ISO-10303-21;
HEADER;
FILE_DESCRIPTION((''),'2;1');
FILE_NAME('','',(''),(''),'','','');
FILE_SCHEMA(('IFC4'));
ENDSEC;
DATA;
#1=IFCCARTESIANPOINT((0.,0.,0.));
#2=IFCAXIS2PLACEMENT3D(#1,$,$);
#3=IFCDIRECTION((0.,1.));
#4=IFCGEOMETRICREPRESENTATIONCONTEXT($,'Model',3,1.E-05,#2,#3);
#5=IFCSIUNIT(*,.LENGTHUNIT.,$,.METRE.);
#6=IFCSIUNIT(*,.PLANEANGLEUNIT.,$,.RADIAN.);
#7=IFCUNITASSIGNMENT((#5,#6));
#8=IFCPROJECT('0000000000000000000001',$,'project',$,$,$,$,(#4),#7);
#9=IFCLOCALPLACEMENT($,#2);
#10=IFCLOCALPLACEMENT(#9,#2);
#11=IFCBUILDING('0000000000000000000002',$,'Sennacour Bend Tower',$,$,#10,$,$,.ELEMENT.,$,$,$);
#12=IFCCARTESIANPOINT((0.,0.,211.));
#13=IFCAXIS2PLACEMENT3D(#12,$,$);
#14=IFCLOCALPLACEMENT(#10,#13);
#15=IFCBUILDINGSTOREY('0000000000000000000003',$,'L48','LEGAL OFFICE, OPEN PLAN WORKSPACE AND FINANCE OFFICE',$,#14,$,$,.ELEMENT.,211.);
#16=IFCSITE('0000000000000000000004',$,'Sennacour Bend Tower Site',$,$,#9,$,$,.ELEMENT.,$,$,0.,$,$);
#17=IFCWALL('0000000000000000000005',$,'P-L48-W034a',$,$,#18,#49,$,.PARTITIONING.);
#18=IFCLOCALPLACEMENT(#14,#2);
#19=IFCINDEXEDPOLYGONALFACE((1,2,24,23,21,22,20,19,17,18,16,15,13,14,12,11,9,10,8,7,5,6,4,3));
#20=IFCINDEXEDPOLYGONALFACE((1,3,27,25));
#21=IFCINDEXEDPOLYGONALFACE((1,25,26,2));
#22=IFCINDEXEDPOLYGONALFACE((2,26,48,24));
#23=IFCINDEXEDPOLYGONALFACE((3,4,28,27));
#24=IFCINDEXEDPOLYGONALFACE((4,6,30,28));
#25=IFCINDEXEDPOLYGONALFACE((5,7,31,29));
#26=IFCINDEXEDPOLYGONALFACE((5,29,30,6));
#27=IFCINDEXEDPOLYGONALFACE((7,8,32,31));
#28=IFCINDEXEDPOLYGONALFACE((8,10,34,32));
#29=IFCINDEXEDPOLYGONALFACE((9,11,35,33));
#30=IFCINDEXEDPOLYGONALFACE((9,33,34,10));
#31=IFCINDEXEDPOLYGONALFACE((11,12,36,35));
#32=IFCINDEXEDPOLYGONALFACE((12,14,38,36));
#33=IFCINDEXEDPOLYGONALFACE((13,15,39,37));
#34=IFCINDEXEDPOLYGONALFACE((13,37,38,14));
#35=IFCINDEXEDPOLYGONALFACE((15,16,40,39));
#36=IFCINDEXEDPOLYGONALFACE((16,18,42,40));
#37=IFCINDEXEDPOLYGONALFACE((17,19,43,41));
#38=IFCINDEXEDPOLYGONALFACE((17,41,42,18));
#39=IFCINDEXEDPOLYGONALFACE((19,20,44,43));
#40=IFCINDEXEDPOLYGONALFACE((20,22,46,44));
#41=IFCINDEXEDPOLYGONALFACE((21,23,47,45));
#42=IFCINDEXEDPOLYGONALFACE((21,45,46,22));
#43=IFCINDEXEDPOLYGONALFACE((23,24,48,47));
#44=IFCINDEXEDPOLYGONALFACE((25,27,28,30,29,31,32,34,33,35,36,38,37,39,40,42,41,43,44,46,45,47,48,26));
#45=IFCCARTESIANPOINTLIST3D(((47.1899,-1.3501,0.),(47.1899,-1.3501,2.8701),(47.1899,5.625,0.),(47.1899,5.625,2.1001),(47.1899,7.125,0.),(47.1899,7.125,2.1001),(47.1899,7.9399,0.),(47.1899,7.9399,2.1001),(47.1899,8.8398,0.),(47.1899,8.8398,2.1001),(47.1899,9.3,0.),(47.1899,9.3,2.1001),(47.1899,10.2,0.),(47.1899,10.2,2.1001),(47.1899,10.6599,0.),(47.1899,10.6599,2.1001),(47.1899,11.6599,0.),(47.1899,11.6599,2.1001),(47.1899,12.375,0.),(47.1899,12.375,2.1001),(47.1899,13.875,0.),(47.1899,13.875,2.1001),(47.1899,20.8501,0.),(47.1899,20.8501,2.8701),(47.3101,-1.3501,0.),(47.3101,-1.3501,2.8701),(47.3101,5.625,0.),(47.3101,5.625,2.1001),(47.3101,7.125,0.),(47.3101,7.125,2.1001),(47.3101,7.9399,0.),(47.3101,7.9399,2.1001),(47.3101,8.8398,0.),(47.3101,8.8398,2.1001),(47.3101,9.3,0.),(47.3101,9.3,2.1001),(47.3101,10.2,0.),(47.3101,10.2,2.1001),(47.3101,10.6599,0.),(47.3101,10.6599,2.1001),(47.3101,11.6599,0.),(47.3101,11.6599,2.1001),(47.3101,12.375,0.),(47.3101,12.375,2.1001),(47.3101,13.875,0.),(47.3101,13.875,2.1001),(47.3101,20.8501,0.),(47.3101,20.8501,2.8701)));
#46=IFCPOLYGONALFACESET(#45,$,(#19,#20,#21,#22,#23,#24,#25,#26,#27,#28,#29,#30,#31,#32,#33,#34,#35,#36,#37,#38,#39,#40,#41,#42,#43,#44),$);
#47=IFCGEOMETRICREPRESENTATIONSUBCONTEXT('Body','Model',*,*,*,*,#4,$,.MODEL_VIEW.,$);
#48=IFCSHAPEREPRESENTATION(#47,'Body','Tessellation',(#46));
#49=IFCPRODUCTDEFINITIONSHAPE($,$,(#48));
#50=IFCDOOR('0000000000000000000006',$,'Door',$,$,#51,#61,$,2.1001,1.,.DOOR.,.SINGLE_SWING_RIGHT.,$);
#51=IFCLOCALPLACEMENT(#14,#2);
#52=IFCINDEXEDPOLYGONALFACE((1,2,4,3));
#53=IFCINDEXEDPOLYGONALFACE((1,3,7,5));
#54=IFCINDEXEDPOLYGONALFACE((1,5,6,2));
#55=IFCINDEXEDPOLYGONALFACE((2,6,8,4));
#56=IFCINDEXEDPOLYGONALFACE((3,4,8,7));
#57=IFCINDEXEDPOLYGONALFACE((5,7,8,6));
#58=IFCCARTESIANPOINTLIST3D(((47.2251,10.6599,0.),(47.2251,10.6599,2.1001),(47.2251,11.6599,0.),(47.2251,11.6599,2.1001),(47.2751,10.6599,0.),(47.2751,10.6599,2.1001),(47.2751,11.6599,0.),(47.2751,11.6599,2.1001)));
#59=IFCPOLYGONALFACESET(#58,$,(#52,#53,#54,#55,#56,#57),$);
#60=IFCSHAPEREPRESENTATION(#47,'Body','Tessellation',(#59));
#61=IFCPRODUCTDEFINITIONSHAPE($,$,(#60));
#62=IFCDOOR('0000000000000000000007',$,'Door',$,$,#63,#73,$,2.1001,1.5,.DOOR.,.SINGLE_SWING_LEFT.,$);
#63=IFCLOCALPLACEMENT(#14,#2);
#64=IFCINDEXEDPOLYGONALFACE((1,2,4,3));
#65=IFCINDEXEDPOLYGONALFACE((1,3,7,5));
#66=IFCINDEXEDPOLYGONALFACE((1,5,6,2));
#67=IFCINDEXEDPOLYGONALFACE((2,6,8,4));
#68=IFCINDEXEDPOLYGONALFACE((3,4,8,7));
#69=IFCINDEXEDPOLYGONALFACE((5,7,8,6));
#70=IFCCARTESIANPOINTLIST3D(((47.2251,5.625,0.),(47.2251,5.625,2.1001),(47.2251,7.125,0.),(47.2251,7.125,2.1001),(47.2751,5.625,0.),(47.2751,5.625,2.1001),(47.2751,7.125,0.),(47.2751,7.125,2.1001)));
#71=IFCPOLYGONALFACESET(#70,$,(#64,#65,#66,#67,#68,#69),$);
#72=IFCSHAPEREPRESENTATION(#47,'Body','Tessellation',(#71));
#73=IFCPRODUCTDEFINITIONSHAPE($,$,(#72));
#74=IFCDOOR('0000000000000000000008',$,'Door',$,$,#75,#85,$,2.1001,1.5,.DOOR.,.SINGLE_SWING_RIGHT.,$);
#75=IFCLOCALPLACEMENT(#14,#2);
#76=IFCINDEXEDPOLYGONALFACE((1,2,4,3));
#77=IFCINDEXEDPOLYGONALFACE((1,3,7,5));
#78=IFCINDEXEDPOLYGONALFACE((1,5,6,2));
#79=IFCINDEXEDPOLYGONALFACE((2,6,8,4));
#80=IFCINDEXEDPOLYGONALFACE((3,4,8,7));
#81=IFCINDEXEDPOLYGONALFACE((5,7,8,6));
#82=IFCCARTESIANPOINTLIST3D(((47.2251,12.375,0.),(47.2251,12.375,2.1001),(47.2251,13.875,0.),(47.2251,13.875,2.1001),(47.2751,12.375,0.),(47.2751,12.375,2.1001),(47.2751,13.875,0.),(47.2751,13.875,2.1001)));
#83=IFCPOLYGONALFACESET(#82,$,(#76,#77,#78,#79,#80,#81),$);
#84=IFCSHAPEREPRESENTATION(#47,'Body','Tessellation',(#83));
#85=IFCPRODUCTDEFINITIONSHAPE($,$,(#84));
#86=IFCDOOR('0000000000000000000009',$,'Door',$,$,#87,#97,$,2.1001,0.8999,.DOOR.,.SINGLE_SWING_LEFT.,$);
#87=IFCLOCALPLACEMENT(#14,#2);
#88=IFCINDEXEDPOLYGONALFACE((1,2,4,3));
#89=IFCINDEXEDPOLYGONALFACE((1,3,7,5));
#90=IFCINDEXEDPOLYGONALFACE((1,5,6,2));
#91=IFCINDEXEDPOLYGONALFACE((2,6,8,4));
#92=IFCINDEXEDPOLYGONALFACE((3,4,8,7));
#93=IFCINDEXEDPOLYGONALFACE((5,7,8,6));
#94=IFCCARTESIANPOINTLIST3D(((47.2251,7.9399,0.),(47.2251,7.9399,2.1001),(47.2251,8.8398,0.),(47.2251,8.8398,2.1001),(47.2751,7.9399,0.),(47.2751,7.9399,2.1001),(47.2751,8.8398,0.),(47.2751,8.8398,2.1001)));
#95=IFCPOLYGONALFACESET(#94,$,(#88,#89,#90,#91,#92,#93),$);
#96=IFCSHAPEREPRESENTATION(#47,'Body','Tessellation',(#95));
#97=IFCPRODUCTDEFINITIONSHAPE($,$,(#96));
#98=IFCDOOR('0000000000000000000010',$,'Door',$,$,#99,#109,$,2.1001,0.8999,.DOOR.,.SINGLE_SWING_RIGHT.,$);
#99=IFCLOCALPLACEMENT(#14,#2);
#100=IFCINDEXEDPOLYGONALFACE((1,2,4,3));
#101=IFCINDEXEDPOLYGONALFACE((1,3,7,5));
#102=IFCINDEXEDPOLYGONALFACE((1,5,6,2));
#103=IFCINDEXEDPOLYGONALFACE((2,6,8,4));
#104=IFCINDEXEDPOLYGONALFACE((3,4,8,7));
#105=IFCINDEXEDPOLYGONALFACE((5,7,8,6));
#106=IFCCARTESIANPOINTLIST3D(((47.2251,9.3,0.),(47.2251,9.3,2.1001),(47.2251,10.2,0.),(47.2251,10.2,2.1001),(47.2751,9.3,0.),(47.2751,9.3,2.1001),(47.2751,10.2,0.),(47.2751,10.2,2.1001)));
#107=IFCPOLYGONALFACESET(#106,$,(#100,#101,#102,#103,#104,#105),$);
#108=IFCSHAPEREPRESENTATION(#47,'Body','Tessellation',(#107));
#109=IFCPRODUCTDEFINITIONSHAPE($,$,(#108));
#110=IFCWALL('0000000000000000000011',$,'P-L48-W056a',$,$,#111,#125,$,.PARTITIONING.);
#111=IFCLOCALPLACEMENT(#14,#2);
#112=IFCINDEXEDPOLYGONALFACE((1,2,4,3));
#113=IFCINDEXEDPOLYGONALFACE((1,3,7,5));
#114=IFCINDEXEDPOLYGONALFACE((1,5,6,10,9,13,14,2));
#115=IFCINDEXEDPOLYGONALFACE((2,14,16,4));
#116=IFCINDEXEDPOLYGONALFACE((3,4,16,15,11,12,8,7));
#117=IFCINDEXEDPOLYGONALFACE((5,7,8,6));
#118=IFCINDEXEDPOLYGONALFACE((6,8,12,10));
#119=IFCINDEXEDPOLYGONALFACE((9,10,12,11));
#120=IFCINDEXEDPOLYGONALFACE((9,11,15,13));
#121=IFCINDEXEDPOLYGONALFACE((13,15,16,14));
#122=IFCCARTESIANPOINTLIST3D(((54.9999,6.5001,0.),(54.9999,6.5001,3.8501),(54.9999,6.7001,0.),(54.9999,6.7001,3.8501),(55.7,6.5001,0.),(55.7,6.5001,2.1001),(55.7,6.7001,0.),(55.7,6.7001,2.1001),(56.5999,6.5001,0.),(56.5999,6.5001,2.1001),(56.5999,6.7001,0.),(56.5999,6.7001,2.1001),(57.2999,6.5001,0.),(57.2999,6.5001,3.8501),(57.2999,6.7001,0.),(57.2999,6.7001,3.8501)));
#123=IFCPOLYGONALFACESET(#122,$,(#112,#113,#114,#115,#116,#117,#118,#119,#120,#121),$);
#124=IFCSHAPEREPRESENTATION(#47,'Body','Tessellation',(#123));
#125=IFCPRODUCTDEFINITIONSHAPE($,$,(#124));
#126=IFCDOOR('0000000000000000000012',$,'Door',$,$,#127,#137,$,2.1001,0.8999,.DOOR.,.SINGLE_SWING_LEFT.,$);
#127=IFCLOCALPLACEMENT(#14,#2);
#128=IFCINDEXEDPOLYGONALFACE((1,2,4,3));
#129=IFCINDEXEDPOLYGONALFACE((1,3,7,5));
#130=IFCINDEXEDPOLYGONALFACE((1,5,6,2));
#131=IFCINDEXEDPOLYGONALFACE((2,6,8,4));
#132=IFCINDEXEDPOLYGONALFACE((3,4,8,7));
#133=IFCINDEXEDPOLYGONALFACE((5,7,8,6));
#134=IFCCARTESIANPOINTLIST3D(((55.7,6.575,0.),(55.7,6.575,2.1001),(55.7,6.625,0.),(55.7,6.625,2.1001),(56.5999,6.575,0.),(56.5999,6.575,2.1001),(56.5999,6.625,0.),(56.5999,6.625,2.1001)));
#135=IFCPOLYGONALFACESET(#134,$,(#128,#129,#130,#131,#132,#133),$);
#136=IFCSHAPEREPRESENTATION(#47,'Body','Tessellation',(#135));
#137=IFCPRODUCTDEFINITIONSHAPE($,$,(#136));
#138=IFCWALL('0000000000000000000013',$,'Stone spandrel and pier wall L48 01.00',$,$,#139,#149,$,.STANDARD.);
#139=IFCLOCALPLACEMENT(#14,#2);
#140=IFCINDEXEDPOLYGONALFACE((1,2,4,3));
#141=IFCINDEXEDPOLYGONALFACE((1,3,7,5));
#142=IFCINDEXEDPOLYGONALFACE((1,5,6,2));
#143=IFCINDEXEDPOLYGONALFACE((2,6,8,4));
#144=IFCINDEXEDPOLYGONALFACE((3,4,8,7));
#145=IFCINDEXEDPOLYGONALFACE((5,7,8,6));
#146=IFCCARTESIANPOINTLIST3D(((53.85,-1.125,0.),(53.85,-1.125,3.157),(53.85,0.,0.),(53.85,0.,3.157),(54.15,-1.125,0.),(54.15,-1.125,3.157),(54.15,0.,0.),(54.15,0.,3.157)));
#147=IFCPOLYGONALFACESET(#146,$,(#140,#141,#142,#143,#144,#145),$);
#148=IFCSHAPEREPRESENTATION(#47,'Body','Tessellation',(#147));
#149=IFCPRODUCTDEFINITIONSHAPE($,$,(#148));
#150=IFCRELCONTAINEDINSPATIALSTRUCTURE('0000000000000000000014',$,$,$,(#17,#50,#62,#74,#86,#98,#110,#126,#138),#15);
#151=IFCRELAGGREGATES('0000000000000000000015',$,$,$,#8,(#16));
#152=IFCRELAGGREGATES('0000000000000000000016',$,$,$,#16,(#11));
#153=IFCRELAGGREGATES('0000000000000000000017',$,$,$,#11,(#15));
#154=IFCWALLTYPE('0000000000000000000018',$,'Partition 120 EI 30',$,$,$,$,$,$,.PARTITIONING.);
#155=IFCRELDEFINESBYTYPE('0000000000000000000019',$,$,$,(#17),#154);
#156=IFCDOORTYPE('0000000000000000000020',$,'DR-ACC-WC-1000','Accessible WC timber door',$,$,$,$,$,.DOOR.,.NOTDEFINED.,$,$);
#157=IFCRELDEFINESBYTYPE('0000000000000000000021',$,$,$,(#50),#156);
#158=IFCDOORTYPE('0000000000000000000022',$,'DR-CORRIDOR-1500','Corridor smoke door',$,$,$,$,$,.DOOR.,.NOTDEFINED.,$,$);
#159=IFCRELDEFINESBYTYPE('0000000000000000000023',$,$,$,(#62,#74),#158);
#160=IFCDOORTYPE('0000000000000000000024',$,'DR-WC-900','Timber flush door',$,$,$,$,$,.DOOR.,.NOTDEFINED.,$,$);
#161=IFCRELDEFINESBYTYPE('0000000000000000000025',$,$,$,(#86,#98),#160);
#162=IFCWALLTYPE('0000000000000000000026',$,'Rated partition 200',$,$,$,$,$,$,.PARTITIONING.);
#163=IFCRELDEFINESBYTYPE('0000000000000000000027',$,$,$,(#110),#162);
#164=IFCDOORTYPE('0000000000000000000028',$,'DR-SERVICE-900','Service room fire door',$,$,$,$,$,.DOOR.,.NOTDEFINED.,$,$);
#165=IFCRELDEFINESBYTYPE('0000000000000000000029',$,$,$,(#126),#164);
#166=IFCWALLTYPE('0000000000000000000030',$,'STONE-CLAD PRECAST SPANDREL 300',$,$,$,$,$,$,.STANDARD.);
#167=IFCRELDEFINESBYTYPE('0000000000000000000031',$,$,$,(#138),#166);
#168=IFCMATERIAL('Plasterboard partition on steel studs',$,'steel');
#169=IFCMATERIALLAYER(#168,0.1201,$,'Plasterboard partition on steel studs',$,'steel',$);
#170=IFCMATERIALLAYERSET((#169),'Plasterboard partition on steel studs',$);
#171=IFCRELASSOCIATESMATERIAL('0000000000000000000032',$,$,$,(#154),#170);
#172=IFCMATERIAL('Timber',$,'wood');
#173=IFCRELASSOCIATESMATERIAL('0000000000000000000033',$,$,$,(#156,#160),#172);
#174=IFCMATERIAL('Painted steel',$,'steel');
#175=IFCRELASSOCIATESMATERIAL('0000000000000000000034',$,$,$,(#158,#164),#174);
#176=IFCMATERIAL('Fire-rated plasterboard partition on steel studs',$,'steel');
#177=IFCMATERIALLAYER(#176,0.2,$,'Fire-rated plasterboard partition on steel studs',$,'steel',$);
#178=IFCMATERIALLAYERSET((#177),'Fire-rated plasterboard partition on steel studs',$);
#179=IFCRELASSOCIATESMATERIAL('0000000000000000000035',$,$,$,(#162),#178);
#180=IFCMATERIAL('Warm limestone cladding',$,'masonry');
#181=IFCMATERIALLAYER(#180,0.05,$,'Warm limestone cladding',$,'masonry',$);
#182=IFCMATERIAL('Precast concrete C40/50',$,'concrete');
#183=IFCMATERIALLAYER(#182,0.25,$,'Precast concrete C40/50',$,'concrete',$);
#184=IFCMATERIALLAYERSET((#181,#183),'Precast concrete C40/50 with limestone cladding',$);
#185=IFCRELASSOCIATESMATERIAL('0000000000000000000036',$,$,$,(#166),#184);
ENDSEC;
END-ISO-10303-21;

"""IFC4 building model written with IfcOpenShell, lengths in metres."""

from ifc_helpers import new_model, si_unit, direction, frame, frame_2d, origin, place, context, subcontext, project, spatial, rectangle, extrude, material, layer, layer_set, type_object, element, fill, save


model = new_model("IFC4")

# Units and contexts
model_context = context("Model", 3, precision=1e-05, world=origin(), true_north=direction((0.0, 1.0)))
body_context = subcontext(model_context, "Body", "Model", "MODEL_VIEW")
ifc_project = project(units=[si_unit("LENGTHUNIT", "METRE"), si_unit("PLANEANGLEUNIT", "RADIAN")], contexts=[model_context])

# Site, building, storey
site_placement = place(None, origin())
site = spatial("IfcSite", under=ifc_project, at=site_placement, Name="Sennacour Bend Tower Site", CompositionType="ELEMENT", RefElevation=0.0)
building_placement = place(site_placement, origin())
building = spatial("IfcBuilding", under=site, at=building_placement, Name="Sennacour Bend Tower", CompositionType="ELEMENT")
storey_placement = place(building_placement, frame((0.0, 0.0, 211.0)))
storey = spatial("IfcBuildingStorey", under=building, at=storey_placement, Name="L48", Description="LEGAL OFFICE, OPEN PLAN WORKSPACE AND FINANCE OFFICE", CompositionType="ELEMENT", Elevation=211.0)

# Shared definitions
ifc_material_1 = material(Name="Painted steel", Category="steel")

# Shared definitions
ifc_material_2 = material(Name="Plasterboard partition on steel studs", Category="steel")

# Wall, openings, doors
ifc_layer_1 = layer(ifc_material_2, 0.1201, Name="Plasterboard partition on steel studs", Category="steel")
ifc_layer_set_1 = layer_set([ifc_layer_1], Name="Plasterboard partition on steel studs")
wall_type_1 = type_object("IfcWallType", Name="Partition 120 EI 30", PredefinedType="PARTITIONING", material=ifc_layer_set_1)
wall_1_placement = place(storey_placement, frame((47.25, -1.3501, 0.0), z_axis=(0.0, 0.0, 1.0), x_axis=(0.0, 1.0, 0.0)))
wall_1 = element("IfcWall", 1, at=wall_1_placement, inside=storey, type_object=wall_type_1, Name="P-L48-W034a", PredefinedType="PARTITIONING", context=body_context, shape_type="SweptSolid", body=[
    extrude(rectangle(XDim=22.2002, YDim=0.1201, at=frame_2d((11.1001, 0.0))), origin(), (0.0, 0.0, 1.0), 2.8701),
])
opening_1_placement = place(wall_1_placement, frame((6.9751, 0.0, 0.0)))
opening_1 = element("IfcOpeningElement", 2, at=opening_1_placement, cuts=wall_1, PredefinedType="OPENING", context=body_context, shape_type="SweptSolid", body=[
    extrude(rectangle(XDim=1.5, YDim=2.1001, at=frame_2d((0.75, 1.05))), frame((0.0, 0.0701, 0.0), z_axis=(0.0, -1.0, 0.0), x_axis=(1.0, 0.0, 0.0)), (0.0, 0.0, 1.0), 0.1401),
])
opening_2_placement = place(wall_1_placement, frame((13.7251, 0.0, 0.0)))
opening_2 = element("IfcOpeningElement", 3, at=opening_2_placement, cuts=wall_1, PredefinedType="OPENING", context=body_context, shape_type="SweptSolid", body=[
    extrude(rectangle(XDim=1.5, YDim=2.1001, at=frame_2d((0.75, 1.05))), frame((0.0, 0.0701, 0.0), z_axis=(0.0, -1.0, 0.0), x_axis=(1.0, 0.0, 0.0)), (0.0, 0.0, 1.0), 0.1401),
])
opening_3_placement = place(wall_1_placement, frame((9.29, 0.0, 0.0)))
opening_3 = element("IfcOpeningElement", 4, at=opening_3_placement, cuts=wall_1, PredefinedType="OPENING", context=body_context, shape_type="SweptSolid", body=[
    extrude(rectangle(XDim=0.8999, YDim=2.1001, at=frame_2d((0.45, 1.05))), frame((0.0, 0.0701, 0.0), z_axis=(0.0, -1.0, 0.0), x_axis=(1.0, 0.0, 0.0)), (0.0, 0.0, 1.0), 0.1401),
])
opening_4_placement = place(wall_1_placement, frame((10.6501, 0.0, 0.0)))
opening_4 = element("IfcOpeningElement", 5, at=opening_4_placement, cuts=wall_1, PredefinedType="OPENING", context=body_context, shape_type="SweptSolid", body=[
    extrude(rectangle(XDim=0.8999, YDim=2.1001, at=frame_2d((0.45, 1.05))), frame((0.0, 0.0701, 0.0), z_axis=(0.0, -1.0, 0.0), x_axis=(1.0, 0.0, 0.0)), (0.0, 0.0, 1.0), 0.1401),
])
opening_5_placement = place(wall_1_placement, frame((12.01, 0.0, 0.0)))
opening_5 = element("IfcOpeningElement", 6, at=opening_5_placement, cuts=wall_1, PredefinedType="OPENING", context=body_context, shape_type="SweptSolid", body=[
    extrude(rectangle(XDim=1.0, YDim=2.1001, at=frame_2d((0.5, 1.05))), frame((0.0, 0.0701, 0.0), z_axis=(0.0, -1.0, 0.0), x_axis=(1.0, 0.0, 0.0)), (0.0, 0.0, 1.0), 0.1401),
])
ifc_material_3 = material(Name="Timber", Category="wood")
door_type_1 = type_object("IfcDoorType", Name="DR-ACC-WC-1000", Description="Accessible WC timber door", OperationType="NOTDEFINED", PredefinedType="DOOR", material=ifc_material_3)
door_1_placement = place(opening_5_placement, origin())
door_1 = element("IfcDoor", 7, at=door_1_placement, inside=storey, type_object=door_type_1, Name="Door", OperationType="SINGLE_SWING_RIGHT", OverallHeight=2.1001, OverallWidth=1.0, PredefinedType="DOOR", context=body_context, shape_type="SweptSolid", body=[
    extrude(rectangle(XDim=1.0, YDim=2.1001, at=frame_2d((0.5, 1.05))), frame((0.0, 0.0249, 0.0), z_axis=(0.0, -1.0, 0.0), x_axis=(1.0, 0.0, 0.0)), (0.0, 0.0, 1.0), 0.05),
])
fill(opening_5, door_1)
door_type_2 = type_object("IfcDoorType", Name="DR-CORRIDOR-1500", Description="Corridor smoke door", OperationType="NOTDEFINED", PredefinedType="DOOR", material=ifc_material_1)
door_2_placement = place(opening_1_placement, origin())
door_2 = element("IfcDoor", 8, at=door_2_placement, inside=storey, type_object=door_type_2, Name="Door", OperationType="SINGLE_SWING_LEFT", OverallHeight=2.1001, OverallWidth=1.5, PredefinedType="DOOR", context=body_context, shape_type="SweptSolid", body=[
    extrude(rectangle(XDim=1.5, YDim=2.1001, at=frame_2d((0.75, 1.05))), frame((0.0, 0.0249, 0.0), z_axis=(0.0, -1.0, 0.0), x_axis=(1.0, 0.0, 0.0)), (0.0, 0.0, 1.0), 0.05),
])
fill(opening_1, door_2)
door_3_placement = place(opening_2_placement, origin())
door_3 = element("IfcDoor", 9, at=door_3_placement, inside=storey, type_object=door_type_2, Name="Door", OperationType="SINGLE_SWING_RIGHT", OverallHeight=2.1001, OverallWidth=1.5, PredefinedType="DOOR", context=body_context, shape_type="SweptSolid", body=[
    extrude(rectangle(XDim=1.5, YDim=2.1001, at=frame_2d((0.75, 1.05))), frame((0.0, 0.0249, 0.0), z_axis=(0.0, -1.0, 0.0), x_axis=(1.0, 0.0, 0.0)), (0.0, 0.0, 1.0), 0.05),
])
fill(opening_2, door_3)
door_type_3 = type_object("IfcDoorType", Name="DR-WC-900", Description="Timber flush door", OperationType="NOTDEFINED", PredefinedType="DOOR", material=ifc_material_3)
door_4_placement = place(opening_3_placement, origin())
door_4 = element("IfcDoor", 10, at=door_4_placement, inside=storey, type_object=door_type_3, Name="Door", OperationType="SINGLE_SWING_LEFT", OverallHeight=2.1001, OverallWidth=0.8999, PredefinedType="DOOR", context=body_context, shape_type="SweptSolid", body=[
    extrude(rectangle(XDim=0.8999, YDim=2.1001, at=frame_2d((0.45, 1.05))), frame((0.0, 0.0249, 0.0), z_axis=(0.0, -1.0, 0.0), x_axis=(1.0, 0.0, 0.0)), (0.0, 0.0, 1.0), 0.05),
])
fill(opening_3, door_4)
door_5_placement = place(opening_4_placement, origin())
door_5 = element("IfcDoor", 11, at=door_5_placement, inside=storey, type_object=door_type_3, Name="Door", OperationType="SINGLE_SWING_RIGHT", OverallHeight=2.1001, OverallWidth=0.8999, PredefinedType="DOOR", context=body_context, shape_type="SweptSolid", body=[
    extrude(rectangle(XDim=0.8999, YDim=2.1001, at=frame_2d((0.45, 1.05))), frame((0.0, 0.0249, 0.0), z_axis=(0.0, -1.0, 0.0), x_axis=(1.0, 0.0, 0.0)), (0.0, 0.0, 1.0), 0.05),
])
fill(opening_4, door_5)

# Wall, opening, door
ifc_material_4 = material(Name="Fire-rated plasterboard partition on steel studs", Category="steel")
ifc_layer_2 = layer(ifc_material_4, 0.2, Name="Fire-rated plasterboard partition on steel studs", Category="steel")
ifc_layer_set_2 = layer_set([ifc_layer_2], Name="Fire-rated plasterboard partition on steel studs")
wall_type_2 = type_object("IfcWallType", Name="Rated partition 200", PredefinedType="PARTITIONING", material=ifc_layer_set_2)
wall_2_placement = place(storey_placement, frame((55.0, 6.6001, 0.0), z_axis=(0.0, 0.0, 1.0), x_axis=(1.0, 0.0, 0.0)))
wall_2 = element("IfcWall", 12, at=wall_2_placement, inside=storey, type_object=wall_type_2, Name="P-L48-W056a", PredefinedType="PARTITIONING", context=body_context, shape_type="SweptSolid", body=[
    extrude(rectangle(XDim=2.3, YDim=0.2, at=frame_2d((1.1499, 0.0))), origin(), (0.0, 0.0, 1.0), 3.8501),
])
opening_6_placement = place(wall_2_placement, frame((0.7, 0.0, 0.0)))
opening_6 = element("IfcOpeningElement", 13, at=opening_6_placement, cuts=wall_2, PredefinedType="OPENING", context=body_context, shape_type="SweptSolid", body=[
    extrude(rectangle(XDim=0.8999, YDim=2.1001, at=frame_2d((0.45, 1.05))), frame((0.0, 0.1099, 0.0), z_axis=(0.0, -1.0, 0.0), x_axis=(1.0, 0.0, 0.0)), (0.0, 0.0, 1.0), 0.22),
])
door_type_4 = type_object("IfcDoorType", Name="DR-SERVICE-900", Description="Service room fire door", OperationType="NOTDEFINED", PredefinedType="DOOR", material=ifc_material_1)
door_6_placement = place(opening_6_placement, origin())
door_6 = element("IfcDoor", 14, at=door_6_placement, inside=storey, type_object=door_type_4, Name="Door", OperationType="SINGLE_SWING_LEFT", OverallHeight=2.1001, OverallWidth=0.8999, PredefinedType="DOOR", context=body_context, shape_type="SweptSolid", body=[
    extrude(rectangle(XDim=0.8999, YDim=2.1001, at=frame_2d((0.45, 1.05))), frame((0.0, 0.0249, 0.0), z_axis=(0.0, -1.0, 0.0), x_axis=(1.0, 0.0, 0.0)), (0.0, 0.0, 1.0), 0.05),
])
fill(opening_6, door_6)

# Wall
ifc_material_5 = material(Name="Warm limestone cladding", Category="masonry")
ifc_layer_3 = layer(ifc_material_5, 0.05, Name="Warm limestone cladding", Category="masonry")
ifc_material_6 = material(Name="Precast concrete C40/50", Category="concrete")
ifc_layer_4 = layer(ifc_material_6, 0.25, Name="Precast concrete C40/50", Category="concrete")
ifc_layer_set_3 = layer_set([ifc_layer_3, ifc_layer_4], Name="Precast concrete C40/50 with limestone cladding")
wall_type_3 = type_object("IfcWallType", Name="STONE-CLAD PRECAST SPANDREL 300", PredefinedType="STANDARD", material=ifc_layer_set_3)
wall_3_placement = place(storey_placement, frame((54.0, -1.125, 0.0), z_axis=(0.0, 0.0, 1.0), x_axis=(0.0, 1.0, 0.0)))
element("IfcWall", 15, at=wall_3_placement, inside=storey, type_object=wall_type_3, Name="Stone spandrel and pier wall L48 01.00", PredefinedType="STANDARD", context=body_context, shape_type="SweptSolid", body=[
    extrude(rectangle(XDim=1.125, YDim=0.3, at=frame_2d((0.5625, 0.0))), origin(), (0.0, 0.0, 1.0), 3.157),
])

save(model, "model.ifc")
